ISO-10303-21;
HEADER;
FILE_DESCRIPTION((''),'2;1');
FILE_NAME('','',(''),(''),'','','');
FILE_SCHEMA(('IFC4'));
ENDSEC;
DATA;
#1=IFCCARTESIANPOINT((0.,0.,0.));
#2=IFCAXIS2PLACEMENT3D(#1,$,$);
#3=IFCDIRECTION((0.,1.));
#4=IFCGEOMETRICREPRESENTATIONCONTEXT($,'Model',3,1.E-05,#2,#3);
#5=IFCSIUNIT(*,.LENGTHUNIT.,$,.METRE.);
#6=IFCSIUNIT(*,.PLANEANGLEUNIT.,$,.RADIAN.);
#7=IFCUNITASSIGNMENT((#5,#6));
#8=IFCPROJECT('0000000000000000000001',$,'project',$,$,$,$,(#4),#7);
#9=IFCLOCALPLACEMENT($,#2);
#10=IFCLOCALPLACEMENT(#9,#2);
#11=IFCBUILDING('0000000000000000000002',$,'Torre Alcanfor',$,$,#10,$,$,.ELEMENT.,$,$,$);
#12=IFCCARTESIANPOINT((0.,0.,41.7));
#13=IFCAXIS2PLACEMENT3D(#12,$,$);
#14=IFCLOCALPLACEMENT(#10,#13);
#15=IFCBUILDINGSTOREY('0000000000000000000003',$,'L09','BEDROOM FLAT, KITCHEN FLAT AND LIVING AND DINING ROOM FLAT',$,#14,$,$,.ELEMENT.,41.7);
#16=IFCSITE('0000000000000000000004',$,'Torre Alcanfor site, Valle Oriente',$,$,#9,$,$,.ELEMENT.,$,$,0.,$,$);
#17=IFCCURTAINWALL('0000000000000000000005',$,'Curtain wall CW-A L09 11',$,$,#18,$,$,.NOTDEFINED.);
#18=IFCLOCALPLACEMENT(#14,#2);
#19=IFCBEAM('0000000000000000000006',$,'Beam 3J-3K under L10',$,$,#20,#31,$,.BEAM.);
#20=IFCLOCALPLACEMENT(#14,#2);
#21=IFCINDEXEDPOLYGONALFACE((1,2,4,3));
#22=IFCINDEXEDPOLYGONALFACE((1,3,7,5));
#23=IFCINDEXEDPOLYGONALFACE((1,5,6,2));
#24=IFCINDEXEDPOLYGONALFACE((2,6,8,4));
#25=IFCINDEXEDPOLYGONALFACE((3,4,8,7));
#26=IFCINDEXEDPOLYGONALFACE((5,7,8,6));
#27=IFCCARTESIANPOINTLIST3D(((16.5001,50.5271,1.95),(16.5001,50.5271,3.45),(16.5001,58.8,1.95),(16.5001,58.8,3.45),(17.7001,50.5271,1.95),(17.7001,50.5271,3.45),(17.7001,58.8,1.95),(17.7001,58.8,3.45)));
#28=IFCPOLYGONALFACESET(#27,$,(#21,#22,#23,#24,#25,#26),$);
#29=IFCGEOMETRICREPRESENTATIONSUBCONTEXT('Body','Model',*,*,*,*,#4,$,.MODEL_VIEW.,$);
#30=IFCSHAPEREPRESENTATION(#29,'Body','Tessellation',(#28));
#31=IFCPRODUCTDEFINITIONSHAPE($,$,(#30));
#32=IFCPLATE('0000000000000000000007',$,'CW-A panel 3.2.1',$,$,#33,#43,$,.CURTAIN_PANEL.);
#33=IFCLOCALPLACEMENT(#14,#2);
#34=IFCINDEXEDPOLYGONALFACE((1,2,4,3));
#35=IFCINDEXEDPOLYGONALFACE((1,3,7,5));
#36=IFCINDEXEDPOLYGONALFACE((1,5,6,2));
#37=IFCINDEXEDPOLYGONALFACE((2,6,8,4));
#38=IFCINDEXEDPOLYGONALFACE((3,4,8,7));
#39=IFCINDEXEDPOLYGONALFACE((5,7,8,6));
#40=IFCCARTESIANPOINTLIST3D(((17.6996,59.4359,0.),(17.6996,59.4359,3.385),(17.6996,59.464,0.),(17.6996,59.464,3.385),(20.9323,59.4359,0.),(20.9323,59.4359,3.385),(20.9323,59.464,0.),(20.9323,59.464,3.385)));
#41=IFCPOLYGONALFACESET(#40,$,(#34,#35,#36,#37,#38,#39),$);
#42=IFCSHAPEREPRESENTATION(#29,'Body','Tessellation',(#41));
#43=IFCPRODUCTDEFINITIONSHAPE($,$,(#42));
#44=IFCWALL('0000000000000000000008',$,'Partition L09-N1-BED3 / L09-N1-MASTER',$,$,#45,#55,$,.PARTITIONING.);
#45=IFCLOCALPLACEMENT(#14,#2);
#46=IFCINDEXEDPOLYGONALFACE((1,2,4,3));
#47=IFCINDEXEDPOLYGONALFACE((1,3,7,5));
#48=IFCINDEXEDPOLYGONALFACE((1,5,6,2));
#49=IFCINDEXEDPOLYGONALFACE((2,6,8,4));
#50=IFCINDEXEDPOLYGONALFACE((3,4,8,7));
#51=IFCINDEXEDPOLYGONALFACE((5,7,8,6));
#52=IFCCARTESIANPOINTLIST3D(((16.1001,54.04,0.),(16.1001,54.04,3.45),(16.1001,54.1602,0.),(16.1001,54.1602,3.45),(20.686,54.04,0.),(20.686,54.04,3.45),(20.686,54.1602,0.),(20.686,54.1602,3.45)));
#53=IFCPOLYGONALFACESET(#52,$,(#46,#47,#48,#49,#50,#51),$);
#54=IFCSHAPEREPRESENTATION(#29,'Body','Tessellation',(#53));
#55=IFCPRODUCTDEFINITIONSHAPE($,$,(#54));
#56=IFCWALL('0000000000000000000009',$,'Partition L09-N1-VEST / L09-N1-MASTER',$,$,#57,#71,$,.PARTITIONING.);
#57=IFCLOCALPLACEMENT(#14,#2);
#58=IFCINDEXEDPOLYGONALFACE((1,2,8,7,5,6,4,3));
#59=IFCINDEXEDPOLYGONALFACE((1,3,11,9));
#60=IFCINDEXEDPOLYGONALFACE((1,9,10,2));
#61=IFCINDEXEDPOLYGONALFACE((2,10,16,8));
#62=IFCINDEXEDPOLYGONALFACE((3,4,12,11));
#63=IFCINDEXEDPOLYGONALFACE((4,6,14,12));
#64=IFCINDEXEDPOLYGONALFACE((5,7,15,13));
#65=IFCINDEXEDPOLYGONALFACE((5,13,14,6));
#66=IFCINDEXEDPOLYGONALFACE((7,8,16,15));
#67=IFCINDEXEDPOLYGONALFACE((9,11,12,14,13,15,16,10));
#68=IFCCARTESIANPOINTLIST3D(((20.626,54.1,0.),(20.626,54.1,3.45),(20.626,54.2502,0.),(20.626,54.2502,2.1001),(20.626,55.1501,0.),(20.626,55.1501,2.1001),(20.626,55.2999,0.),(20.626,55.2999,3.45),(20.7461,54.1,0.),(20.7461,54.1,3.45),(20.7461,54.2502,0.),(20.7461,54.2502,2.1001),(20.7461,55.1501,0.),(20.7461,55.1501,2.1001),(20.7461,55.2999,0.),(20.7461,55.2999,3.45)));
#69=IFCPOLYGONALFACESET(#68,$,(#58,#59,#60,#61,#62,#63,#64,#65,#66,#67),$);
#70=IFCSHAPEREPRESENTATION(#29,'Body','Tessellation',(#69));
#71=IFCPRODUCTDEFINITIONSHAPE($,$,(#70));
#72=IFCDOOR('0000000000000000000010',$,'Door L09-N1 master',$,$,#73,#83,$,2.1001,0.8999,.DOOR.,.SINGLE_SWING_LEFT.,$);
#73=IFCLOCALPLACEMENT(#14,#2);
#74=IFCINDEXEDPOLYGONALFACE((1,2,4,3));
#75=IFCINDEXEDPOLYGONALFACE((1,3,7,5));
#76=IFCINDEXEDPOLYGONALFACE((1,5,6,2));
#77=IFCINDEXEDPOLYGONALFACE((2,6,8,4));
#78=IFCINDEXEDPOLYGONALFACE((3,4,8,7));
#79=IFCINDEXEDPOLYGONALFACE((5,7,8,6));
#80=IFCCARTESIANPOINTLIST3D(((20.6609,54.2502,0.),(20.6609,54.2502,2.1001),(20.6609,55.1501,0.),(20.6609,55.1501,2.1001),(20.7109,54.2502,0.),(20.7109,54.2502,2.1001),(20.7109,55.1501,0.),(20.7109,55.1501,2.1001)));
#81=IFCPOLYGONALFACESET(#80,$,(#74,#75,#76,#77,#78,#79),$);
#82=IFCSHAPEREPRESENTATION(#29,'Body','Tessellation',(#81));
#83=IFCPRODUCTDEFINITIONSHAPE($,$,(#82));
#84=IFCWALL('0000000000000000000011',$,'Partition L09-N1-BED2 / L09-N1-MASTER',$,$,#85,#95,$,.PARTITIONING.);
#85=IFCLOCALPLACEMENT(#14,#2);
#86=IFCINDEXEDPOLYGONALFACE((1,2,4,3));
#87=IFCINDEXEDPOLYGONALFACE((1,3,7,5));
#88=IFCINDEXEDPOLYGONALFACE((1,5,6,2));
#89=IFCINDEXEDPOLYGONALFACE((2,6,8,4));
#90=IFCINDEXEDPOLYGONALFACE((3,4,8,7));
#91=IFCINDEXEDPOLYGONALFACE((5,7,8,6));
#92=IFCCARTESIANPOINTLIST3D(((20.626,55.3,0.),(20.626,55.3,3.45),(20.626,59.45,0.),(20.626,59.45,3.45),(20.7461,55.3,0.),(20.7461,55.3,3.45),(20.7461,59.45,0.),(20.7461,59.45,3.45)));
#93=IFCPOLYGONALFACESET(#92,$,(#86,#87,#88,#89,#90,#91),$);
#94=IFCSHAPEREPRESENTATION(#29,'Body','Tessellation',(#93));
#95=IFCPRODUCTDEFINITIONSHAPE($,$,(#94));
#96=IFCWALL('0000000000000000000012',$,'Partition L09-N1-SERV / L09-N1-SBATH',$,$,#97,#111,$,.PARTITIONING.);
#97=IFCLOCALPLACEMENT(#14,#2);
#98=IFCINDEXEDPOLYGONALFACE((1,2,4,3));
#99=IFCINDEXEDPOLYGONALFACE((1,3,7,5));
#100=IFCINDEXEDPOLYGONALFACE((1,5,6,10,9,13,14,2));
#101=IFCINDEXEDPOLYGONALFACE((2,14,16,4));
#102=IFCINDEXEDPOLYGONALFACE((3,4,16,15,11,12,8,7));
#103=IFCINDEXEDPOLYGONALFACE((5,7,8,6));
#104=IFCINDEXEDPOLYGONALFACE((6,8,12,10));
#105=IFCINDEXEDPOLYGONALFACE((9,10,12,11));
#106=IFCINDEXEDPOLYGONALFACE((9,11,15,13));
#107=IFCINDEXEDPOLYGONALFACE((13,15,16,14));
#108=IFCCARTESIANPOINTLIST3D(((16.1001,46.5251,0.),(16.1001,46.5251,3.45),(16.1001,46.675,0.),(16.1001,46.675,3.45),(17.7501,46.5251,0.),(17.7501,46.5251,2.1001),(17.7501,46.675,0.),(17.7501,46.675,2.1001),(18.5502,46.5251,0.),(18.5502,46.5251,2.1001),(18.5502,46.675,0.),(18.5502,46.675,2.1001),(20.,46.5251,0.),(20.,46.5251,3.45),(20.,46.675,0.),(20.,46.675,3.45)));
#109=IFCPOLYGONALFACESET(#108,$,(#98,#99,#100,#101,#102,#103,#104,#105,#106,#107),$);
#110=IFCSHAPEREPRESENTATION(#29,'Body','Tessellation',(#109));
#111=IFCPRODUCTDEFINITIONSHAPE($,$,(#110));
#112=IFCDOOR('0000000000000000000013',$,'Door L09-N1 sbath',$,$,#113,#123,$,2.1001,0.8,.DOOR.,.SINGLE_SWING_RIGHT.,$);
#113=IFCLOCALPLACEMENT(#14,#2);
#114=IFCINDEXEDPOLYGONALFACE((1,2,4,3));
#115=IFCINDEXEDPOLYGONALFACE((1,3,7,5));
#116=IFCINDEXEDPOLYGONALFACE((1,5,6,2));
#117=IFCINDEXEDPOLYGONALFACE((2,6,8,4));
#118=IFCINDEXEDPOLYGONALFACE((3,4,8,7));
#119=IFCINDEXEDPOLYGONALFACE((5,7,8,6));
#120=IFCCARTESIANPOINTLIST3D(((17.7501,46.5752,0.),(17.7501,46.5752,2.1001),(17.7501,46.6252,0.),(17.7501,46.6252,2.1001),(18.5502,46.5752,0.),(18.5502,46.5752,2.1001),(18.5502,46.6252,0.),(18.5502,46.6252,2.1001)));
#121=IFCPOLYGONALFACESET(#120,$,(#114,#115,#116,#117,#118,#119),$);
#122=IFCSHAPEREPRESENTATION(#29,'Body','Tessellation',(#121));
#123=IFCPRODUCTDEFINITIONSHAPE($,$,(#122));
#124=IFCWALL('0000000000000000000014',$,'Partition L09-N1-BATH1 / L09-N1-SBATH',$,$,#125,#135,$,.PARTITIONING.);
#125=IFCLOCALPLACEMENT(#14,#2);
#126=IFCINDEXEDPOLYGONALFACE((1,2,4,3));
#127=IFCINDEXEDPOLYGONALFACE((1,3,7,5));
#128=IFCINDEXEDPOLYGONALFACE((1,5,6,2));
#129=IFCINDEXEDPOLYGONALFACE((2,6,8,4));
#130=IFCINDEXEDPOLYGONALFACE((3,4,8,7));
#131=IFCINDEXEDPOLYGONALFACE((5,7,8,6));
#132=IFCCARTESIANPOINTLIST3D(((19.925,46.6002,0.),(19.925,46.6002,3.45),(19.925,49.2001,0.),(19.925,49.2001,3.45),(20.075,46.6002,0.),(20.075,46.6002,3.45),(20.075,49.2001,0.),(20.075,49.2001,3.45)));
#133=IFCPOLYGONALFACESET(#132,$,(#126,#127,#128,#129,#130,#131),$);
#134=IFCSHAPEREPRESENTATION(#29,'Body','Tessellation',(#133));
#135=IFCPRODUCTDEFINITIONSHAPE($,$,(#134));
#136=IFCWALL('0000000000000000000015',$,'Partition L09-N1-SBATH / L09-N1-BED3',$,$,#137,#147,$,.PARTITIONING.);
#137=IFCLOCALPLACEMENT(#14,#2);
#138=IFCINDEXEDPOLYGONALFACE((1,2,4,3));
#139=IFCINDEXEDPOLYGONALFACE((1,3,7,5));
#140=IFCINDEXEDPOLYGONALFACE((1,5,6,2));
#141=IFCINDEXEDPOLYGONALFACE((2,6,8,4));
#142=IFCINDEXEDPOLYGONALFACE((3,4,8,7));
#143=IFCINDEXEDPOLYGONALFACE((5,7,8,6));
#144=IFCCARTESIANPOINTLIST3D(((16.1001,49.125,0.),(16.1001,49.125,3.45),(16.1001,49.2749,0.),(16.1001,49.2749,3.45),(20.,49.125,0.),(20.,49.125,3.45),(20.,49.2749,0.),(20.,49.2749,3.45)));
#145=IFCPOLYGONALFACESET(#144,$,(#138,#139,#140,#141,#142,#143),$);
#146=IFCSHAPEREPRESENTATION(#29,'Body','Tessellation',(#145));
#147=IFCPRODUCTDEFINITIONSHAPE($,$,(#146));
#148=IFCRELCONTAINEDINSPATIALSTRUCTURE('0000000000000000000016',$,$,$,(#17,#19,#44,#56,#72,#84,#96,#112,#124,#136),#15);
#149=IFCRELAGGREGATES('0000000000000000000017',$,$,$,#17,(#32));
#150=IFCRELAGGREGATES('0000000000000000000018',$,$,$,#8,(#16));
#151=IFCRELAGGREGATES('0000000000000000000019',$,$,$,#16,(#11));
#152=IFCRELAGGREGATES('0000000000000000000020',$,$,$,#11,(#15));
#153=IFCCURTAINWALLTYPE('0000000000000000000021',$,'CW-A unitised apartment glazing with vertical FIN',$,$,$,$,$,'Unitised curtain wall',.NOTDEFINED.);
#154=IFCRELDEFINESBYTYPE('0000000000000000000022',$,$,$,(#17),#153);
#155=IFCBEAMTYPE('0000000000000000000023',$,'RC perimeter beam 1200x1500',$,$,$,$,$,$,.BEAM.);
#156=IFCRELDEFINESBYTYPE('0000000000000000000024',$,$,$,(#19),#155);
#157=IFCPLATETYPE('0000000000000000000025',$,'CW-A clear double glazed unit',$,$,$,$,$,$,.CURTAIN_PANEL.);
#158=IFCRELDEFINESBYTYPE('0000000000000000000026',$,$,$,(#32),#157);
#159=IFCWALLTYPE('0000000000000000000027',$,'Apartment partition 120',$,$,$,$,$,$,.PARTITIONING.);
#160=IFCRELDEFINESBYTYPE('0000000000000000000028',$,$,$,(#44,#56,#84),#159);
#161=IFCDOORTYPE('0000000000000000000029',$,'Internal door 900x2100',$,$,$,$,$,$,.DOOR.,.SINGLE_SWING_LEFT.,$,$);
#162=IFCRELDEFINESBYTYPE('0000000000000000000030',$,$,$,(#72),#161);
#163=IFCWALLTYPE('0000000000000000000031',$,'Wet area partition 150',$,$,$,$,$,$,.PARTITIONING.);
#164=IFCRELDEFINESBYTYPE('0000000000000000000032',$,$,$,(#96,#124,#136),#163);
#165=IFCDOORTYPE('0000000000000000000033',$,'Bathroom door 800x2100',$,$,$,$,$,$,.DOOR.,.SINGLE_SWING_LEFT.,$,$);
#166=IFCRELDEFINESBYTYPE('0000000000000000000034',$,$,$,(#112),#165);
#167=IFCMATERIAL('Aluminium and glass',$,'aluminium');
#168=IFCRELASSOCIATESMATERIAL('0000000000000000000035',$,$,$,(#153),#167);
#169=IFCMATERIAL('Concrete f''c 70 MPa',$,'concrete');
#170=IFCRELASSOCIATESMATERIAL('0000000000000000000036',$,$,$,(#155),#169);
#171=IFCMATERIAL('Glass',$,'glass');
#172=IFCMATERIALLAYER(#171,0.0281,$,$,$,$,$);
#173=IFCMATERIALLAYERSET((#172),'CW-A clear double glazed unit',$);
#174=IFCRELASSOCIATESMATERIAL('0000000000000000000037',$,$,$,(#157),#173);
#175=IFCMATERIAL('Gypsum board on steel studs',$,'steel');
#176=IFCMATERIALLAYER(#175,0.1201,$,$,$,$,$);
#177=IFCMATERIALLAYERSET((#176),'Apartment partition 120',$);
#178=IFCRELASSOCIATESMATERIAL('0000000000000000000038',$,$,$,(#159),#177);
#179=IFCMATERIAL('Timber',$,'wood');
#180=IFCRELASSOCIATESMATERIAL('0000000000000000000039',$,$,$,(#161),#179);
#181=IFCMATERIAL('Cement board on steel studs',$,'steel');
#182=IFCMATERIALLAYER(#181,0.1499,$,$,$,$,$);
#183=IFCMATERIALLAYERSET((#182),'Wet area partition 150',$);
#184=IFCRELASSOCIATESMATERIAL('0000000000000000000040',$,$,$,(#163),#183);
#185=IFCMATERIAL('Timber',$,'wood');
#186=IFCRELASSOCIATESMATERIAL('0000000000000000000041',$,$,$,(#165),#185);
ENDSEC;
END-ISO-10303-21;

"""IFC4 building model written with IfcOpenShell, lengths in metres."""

from ifc_helpers import new_model, si_unit, direction, frame, frame_2d, origin, origin_2d, place, context, subcontext, project, spatial, rectangle, extrude, material, layer, layer_set, material_profile, profile_set, type_object, element, fill, aggregate, save


model = new_model("IFC4")

# Units and contexts
model_context = context("Model", 3, precision=1e-05, world=origin(), true_north=direction((0.0, 1.0)))
body_context = subcontext(model_context, "Body", "Model", "MODEL_VIEW")
ifc_project = project(units=[si_unit("LENGTHUNIT", "METRE"), si_unit("PLANEANGLEUNIT", "RADIAN")], contexts=[model_context])

# Site, building, storey
site_placement = place(None, origin())
site = spatial("IfcSite", under=ifc_project, at=site_placement, Name="Torre Alcanfor site, Valle Oriente", CompositionType="ELEMENT", RefElevation=0.0)
building_placement = place(site_placement, origin())
building = spatial("IfcBuilding", under=site, at=building_placement, Name="Torre Alcanfor", CompositionType="ELEMENT")
storey_placement = place(building_placement, frame((0.0, 0.0, 41.7)))
storey = spatial("IfcBuildingStorey", under=building, at=storey_placement, Name="L09", Description="BEDROOM FLAT, KITCHEN FLAT AND LIVING AND DINING ROOM FLAT", CompositionType="ELEMENT", Elevation=41.7)

# Curtain wall
ifc_material_1 = material(Name="Aluminium and glass", Category="aluminium")
curtain_wall_type = type_object("IfcCurtainWallType", Name="CW-A unitised apartment glazing with vertical FIN", ElementType="Unitised curtain wall", PredefinedType="NOTDEFINED", material=ifc_material_1)
curtain_wall_placement = place(storey_placement, origin())
curtain_wall = element("IfcCurtainWall", 1, at=curtain_wall_placement, inside=storey, type_object=curtain_wall_type, Name="Curtain wall CW-A L09 11", PredefinedType="NOTDEFINED")

# Beam
ifc_material_2 = material(Name="Concrete f'c 70 MPa", Category="concrete")
ifc_material_profile_1 = material_profile(ifc_material_2, rectangle(XDim=1.2, YDim=1.5, at=origin_2d()), Name="1200x1500")
ifc_profile_set_1 = profile_set([ifc_material_profile_1], Name="Concrete f'c 70 MPa")
beam_type_1 = type_object("IfcBeamType", Name="RC perimeter beam 1200x1500", PredefinedType="BEAM", material=ifc_profile_set_1)
beam_1_placement = place(storey_placement, frame((17.1001, 50.5271, 2.7), z_axis=(0.0, 1.0, 0.0), x_axis=(-1.0, 0.0, 0.0)))
element("IfcBeam", 2, at=beam_1_placement, inside=storey, type_object=beam_type_1, Name="Beam 3J-3K under L10", PredefinedType="BEAM", context=body_context, shape_type="SweptSolid", body=[
    extrude(rectangle(XDim=1.2, YDim=1.5, at=origin_2d()), origin(), (0.0, 0.0, 1.0), 8.2729),
])

# Plate
ifc_material_3 = material(Name="Glass", Category="glass")
ifc_layer_1 = layer(ifc_material_3, 0.0281)
ifc_layer_set_1 = layer_set([ifc_layer_1], Name="CW-A clear double glazed unit")
plate_type = type_object("IfcPlateType", Name="CW-A clear double glazed unit", PredefinedType="CURTAIN_PANEL", material=ifc_layer_set_1)
plate_placement = place(storey_placement, frame((19.3159, 59.45, 0.0), z_axis=(0.0, 0.0, 1.0), x_axis=(-1.0, 0.0, 0.0)))
plate = element("IfcPlate", 3, at=plate_placement, type_object=plate_type, Name="CW-A panel 3.2.1", PredefinedType="CURTAIN_PANEL", context=body_context, shape_type="SweptSolid", body=[
    extrude(rectangle(XDim=3.2327, YDim=0.0281, at=origin_2d()), origin(), (0.0, 0.0, 1.0), 3.385),
])
aggregate(curtain_wall, [plate])

# Wall
ifc_material_4 = material(Name="Gypsum board on steel studs", Category="steel")
ifc_layer_2 = layer(ifc_material_4, 0.1201)
ifc_layer_set_2 = layer_set([ifc_layer_2], Name="Apartment partition 120")
wall_type_1 = type_object("IfcWallType", Name="Apartment partition 120", PredefinedType="PARTITIONING", material=ifc_layer_set_2)
wall_1_placement = place(storey_placement, frame((20.686, 54.1001, 0.0), z_axis=(0.0, 0.0, 1.0), x_axis=(-1.0, 0.0, 0.0)))
element("IfcWall", 4, at=wall_1_placement, inside=storey, type_object=wall_type_1, Name="Partition L09-N1-BED3 / L09-N1-MASTER", PredefinedType="PARTITIONING", context=body_context, shape_type="SweptSolid", body=[
    extrude(rectangle(XDim=4.5859, YDim=0.1201, at=frame_2d((2.293, 0.0))), origin(), (0.0, 0.0, 1.0), 3.45),
])

# Wall, opening, door
wall_2_placement = place(storey_placement, frame((20.686, 55.3, 0.0), z_axis=(0.0, 0.0, 1.0), x_axis=(0.0, -1.0, 0.0)))
wall_2 = element("IfcWall", 5, at=wall_2_placement, inside=storey, type_object=wall_type_1, Name="Partition L09-N1-VEST / L09-N1-MASTER", PredefinedType="PARTITIONING", context=body_context, shape_type="SweptSolid", body=[
    extrude(rectangle(XDim=1.2, YDim=0.1201, at=frame_2d((0.6001, 0.0))), origin(), (0.0, 0.0, 1.0), 3.45),
])
opening_1_placement = place(wall_2_placement, frame((0.1499, 0.0, 0.0)))
opening_1 = element("IfcOpeningElement", 6, at=opening_1_placement, cuts=wall_2, PredefinedType="OPENING", context=body_context, shape_type="SweptSolid", body=[
    extrude(rectangle(XDim=0.8999, YDim=2.1001, at=frame_2d((0.45, 1.05))), frame((0.0, 0.0701, 0.0), z_axis=(0.0, -1.0, 0.0), x_axis=(1.0, 0.0, 0.0)), (0.0, 0.0, 1.0), 0.1401),
])
ifc_material_5 = material(Name="Timber", Category="wood")
door_type_1 = type_object("IfcDoorType", Name="Internal door 900x2100", OperationType="SINGLE_SWING_LEFT", PredefinedType="DOOR", material=ifc_material_5)
door_1_placement = place(opening_1_placement, origin())
door_1 = element("IfcDoor", 7, at=door_1_placement, inside=storey, type_object=door_type_1, Name="Door L09-N1 master", OperationType="SINGLE_SWING_LEFT", OverallHeight=2.1001, OverallWidth=0.8999, PredefinedType="DOOR", context=body_context, shape_type="SweptSolid", body=[
    extrude(rectangle(XDim=0.8999, YDim=2.1001, at=frame_2d((0.45, 1.05))), frame((0.0, 0.0249, 0.0), z_axis=(0.0, -1.0, 0.0), x_axis=(1.0, 0.0, 0.0)), (0.0, 0.0, 1.0), 0.05),
])
fill(opening_1, door_1)

# Wall
wall_3_placement = place(storey_placement, frame((20.686, 59.45, 0.0), z_axis=(0.0, 0.0, 1.0), x_axis=(0.0, -1.0, 0.0)))
element("IfcWall", 8, at=wall_3_placement, inside=storey, type_object=wall_type_1, Name="Partition L09-N1-BED2 / L09-N1-MASTER", PredefinedType="PARTITIONING", context=body_context, shape_type="SweptSolid", body=[
    extrude(rectangle(XDim=4.1499, YDim=0.1201, at=frame_2d((2.075, 0.0))), origin(), (0.0, 0.0, 1.0), 3.45),
])

# Wall, opening, door
ifc_material_6 = material(Name="Cement board on steel studs", Category="steel")
ifc_layer_3 = layer(ifc_material_6, 0.1499)
ifc_layer_set_3 = layer_set([ifc_layer_3], Name="Wet area partition 150")
wall_type_2 = type_object("IfcWallType", Name="Wet area partition 150", PredefinedType="PARTITIONING", material=ifc_layer_set_3)
wall_4_placement = place(storey_placement, frame((20.0, 46.6001, 0.0), z_axis=(0.0, 0.0, 1.0), x_axis=(-1.0, 0.0, 0.0)))
wall_4 = element("IfcWall", 9, at=wall_4_placement, inside=storey, type_object=wall_type_2, Name="Partition L09-N1-SERV / L09-N1-SBATH", PredefinedType="PARTITIONING", context=body_context, shape_type="SweptSolid", body=[
    extrude(rectangle(XDim=3.8999, YDim=0.1499, at=frame_2d((1.95, 0.0))), origin(), (0.0, 0.0, 1.0), 3.45),
])
opening_2_placement = place(wall_4_placement, frame((1.45, 0.0, 0.0)))
opening_2 = element("IfcOpeningElement", 10, at=opening_2_placement, cuts=wall_4, PredefinedType="OPENING", context=body_context, shape_type="SweptSolid", body=[
    extrude(rectangle(XDim=0.8, YDim=2.1001, at=frame_2d((0.3999, 1.05))), frame((0.0, 0.085, 0.0), z_axis=(0.0, -1.0, 0.0), x_axis=(1.0, 0.0, 0.0)), (0.0, 0.0, 1.0), 0.1699),
])
ifc_material_7 = material(Name="Timber", Category="wood")
door_type_2 = type_object("IfcDoorType", Name="Bathroom door 800x2100", OperationType="SINGLE_SWING_LEFT", PredefinedType="DOOR", material=ifc_material_7)
door_2_placement = place(opening_2_placement, frame((0.8, 0.0, 0.0), z_axis=(0.0, 0.0, 1.0), x_axis=(-1.0, 0.0, 0.0)))
door_2 = element("IfcDoor", 11, at=door_2_placement, inside=storey, type_object=door_type_2, Name="Door L09-N1 sbath", OperationType="SINGLE_SWING_RIGHT", OverallHeight=2.1001, OverallWidth=0.8, PredefinedType="DOOR", context=body_context, shape_type="SweptSolid", body=[
    extrude(rectangle(XDim=0.8, YDim=2.1001, at=frame_2d((0.4001, 1.05))), frame((0.0, 0.0251, 0.0), z_axis=(0.0, -1.0, 0.0), x_axis=(1.0, 0.0, 0.0)), (0.0, 0.0, 1.0), 0.05),
])
fill(opening_2, door_2)

# Walls
wall_5_placement = place(storey_placement, frame((20.0, 49.2, 0.0), z_axis=(0.0, 0.0, 1.0), x_axis=(0.0, -1.0, 0.0)))
element("IfcWall", 12, at=wall_5_placement, inside=storey, type_object=wall_type_2, Name="Partition L09-N1-BATH1 / L09-N1-SBATH", PredefinedType="PARTITIONING", context=body_context, shape_type="SweptSolid", body=[
    extrude(rectangle(XDim=2.5999, YDim=0.1499, at=frame_2d((1.2998, 0.0))), origin(), (0.0, 0.0, 1.0), 3.45),
])
wall_6_placement = place(storey_placement, frame((20.0, 49.2, 0.0), z_axis=(0.0, 0.0, 1.0), x_axis=(-1.0, 0.0, 0.0)))
element("IfcWall", 13, at=wall_6_placement, inside=storey, type_object=wall_type_2, Name="Partition L09-N1-SBATH / L09-N1-BED3", PredefinedType="PARTITIONING", context=body_context, shape_type="SweptSolid", body=[
    extrude(rectangle(XDim=3.8999, YDim=0.1499, at=frame_2d((1.95, 0.0))), origin(), (0.0, 0.0, 1.0), 3.45),
])

save(model, "model.ifc")
